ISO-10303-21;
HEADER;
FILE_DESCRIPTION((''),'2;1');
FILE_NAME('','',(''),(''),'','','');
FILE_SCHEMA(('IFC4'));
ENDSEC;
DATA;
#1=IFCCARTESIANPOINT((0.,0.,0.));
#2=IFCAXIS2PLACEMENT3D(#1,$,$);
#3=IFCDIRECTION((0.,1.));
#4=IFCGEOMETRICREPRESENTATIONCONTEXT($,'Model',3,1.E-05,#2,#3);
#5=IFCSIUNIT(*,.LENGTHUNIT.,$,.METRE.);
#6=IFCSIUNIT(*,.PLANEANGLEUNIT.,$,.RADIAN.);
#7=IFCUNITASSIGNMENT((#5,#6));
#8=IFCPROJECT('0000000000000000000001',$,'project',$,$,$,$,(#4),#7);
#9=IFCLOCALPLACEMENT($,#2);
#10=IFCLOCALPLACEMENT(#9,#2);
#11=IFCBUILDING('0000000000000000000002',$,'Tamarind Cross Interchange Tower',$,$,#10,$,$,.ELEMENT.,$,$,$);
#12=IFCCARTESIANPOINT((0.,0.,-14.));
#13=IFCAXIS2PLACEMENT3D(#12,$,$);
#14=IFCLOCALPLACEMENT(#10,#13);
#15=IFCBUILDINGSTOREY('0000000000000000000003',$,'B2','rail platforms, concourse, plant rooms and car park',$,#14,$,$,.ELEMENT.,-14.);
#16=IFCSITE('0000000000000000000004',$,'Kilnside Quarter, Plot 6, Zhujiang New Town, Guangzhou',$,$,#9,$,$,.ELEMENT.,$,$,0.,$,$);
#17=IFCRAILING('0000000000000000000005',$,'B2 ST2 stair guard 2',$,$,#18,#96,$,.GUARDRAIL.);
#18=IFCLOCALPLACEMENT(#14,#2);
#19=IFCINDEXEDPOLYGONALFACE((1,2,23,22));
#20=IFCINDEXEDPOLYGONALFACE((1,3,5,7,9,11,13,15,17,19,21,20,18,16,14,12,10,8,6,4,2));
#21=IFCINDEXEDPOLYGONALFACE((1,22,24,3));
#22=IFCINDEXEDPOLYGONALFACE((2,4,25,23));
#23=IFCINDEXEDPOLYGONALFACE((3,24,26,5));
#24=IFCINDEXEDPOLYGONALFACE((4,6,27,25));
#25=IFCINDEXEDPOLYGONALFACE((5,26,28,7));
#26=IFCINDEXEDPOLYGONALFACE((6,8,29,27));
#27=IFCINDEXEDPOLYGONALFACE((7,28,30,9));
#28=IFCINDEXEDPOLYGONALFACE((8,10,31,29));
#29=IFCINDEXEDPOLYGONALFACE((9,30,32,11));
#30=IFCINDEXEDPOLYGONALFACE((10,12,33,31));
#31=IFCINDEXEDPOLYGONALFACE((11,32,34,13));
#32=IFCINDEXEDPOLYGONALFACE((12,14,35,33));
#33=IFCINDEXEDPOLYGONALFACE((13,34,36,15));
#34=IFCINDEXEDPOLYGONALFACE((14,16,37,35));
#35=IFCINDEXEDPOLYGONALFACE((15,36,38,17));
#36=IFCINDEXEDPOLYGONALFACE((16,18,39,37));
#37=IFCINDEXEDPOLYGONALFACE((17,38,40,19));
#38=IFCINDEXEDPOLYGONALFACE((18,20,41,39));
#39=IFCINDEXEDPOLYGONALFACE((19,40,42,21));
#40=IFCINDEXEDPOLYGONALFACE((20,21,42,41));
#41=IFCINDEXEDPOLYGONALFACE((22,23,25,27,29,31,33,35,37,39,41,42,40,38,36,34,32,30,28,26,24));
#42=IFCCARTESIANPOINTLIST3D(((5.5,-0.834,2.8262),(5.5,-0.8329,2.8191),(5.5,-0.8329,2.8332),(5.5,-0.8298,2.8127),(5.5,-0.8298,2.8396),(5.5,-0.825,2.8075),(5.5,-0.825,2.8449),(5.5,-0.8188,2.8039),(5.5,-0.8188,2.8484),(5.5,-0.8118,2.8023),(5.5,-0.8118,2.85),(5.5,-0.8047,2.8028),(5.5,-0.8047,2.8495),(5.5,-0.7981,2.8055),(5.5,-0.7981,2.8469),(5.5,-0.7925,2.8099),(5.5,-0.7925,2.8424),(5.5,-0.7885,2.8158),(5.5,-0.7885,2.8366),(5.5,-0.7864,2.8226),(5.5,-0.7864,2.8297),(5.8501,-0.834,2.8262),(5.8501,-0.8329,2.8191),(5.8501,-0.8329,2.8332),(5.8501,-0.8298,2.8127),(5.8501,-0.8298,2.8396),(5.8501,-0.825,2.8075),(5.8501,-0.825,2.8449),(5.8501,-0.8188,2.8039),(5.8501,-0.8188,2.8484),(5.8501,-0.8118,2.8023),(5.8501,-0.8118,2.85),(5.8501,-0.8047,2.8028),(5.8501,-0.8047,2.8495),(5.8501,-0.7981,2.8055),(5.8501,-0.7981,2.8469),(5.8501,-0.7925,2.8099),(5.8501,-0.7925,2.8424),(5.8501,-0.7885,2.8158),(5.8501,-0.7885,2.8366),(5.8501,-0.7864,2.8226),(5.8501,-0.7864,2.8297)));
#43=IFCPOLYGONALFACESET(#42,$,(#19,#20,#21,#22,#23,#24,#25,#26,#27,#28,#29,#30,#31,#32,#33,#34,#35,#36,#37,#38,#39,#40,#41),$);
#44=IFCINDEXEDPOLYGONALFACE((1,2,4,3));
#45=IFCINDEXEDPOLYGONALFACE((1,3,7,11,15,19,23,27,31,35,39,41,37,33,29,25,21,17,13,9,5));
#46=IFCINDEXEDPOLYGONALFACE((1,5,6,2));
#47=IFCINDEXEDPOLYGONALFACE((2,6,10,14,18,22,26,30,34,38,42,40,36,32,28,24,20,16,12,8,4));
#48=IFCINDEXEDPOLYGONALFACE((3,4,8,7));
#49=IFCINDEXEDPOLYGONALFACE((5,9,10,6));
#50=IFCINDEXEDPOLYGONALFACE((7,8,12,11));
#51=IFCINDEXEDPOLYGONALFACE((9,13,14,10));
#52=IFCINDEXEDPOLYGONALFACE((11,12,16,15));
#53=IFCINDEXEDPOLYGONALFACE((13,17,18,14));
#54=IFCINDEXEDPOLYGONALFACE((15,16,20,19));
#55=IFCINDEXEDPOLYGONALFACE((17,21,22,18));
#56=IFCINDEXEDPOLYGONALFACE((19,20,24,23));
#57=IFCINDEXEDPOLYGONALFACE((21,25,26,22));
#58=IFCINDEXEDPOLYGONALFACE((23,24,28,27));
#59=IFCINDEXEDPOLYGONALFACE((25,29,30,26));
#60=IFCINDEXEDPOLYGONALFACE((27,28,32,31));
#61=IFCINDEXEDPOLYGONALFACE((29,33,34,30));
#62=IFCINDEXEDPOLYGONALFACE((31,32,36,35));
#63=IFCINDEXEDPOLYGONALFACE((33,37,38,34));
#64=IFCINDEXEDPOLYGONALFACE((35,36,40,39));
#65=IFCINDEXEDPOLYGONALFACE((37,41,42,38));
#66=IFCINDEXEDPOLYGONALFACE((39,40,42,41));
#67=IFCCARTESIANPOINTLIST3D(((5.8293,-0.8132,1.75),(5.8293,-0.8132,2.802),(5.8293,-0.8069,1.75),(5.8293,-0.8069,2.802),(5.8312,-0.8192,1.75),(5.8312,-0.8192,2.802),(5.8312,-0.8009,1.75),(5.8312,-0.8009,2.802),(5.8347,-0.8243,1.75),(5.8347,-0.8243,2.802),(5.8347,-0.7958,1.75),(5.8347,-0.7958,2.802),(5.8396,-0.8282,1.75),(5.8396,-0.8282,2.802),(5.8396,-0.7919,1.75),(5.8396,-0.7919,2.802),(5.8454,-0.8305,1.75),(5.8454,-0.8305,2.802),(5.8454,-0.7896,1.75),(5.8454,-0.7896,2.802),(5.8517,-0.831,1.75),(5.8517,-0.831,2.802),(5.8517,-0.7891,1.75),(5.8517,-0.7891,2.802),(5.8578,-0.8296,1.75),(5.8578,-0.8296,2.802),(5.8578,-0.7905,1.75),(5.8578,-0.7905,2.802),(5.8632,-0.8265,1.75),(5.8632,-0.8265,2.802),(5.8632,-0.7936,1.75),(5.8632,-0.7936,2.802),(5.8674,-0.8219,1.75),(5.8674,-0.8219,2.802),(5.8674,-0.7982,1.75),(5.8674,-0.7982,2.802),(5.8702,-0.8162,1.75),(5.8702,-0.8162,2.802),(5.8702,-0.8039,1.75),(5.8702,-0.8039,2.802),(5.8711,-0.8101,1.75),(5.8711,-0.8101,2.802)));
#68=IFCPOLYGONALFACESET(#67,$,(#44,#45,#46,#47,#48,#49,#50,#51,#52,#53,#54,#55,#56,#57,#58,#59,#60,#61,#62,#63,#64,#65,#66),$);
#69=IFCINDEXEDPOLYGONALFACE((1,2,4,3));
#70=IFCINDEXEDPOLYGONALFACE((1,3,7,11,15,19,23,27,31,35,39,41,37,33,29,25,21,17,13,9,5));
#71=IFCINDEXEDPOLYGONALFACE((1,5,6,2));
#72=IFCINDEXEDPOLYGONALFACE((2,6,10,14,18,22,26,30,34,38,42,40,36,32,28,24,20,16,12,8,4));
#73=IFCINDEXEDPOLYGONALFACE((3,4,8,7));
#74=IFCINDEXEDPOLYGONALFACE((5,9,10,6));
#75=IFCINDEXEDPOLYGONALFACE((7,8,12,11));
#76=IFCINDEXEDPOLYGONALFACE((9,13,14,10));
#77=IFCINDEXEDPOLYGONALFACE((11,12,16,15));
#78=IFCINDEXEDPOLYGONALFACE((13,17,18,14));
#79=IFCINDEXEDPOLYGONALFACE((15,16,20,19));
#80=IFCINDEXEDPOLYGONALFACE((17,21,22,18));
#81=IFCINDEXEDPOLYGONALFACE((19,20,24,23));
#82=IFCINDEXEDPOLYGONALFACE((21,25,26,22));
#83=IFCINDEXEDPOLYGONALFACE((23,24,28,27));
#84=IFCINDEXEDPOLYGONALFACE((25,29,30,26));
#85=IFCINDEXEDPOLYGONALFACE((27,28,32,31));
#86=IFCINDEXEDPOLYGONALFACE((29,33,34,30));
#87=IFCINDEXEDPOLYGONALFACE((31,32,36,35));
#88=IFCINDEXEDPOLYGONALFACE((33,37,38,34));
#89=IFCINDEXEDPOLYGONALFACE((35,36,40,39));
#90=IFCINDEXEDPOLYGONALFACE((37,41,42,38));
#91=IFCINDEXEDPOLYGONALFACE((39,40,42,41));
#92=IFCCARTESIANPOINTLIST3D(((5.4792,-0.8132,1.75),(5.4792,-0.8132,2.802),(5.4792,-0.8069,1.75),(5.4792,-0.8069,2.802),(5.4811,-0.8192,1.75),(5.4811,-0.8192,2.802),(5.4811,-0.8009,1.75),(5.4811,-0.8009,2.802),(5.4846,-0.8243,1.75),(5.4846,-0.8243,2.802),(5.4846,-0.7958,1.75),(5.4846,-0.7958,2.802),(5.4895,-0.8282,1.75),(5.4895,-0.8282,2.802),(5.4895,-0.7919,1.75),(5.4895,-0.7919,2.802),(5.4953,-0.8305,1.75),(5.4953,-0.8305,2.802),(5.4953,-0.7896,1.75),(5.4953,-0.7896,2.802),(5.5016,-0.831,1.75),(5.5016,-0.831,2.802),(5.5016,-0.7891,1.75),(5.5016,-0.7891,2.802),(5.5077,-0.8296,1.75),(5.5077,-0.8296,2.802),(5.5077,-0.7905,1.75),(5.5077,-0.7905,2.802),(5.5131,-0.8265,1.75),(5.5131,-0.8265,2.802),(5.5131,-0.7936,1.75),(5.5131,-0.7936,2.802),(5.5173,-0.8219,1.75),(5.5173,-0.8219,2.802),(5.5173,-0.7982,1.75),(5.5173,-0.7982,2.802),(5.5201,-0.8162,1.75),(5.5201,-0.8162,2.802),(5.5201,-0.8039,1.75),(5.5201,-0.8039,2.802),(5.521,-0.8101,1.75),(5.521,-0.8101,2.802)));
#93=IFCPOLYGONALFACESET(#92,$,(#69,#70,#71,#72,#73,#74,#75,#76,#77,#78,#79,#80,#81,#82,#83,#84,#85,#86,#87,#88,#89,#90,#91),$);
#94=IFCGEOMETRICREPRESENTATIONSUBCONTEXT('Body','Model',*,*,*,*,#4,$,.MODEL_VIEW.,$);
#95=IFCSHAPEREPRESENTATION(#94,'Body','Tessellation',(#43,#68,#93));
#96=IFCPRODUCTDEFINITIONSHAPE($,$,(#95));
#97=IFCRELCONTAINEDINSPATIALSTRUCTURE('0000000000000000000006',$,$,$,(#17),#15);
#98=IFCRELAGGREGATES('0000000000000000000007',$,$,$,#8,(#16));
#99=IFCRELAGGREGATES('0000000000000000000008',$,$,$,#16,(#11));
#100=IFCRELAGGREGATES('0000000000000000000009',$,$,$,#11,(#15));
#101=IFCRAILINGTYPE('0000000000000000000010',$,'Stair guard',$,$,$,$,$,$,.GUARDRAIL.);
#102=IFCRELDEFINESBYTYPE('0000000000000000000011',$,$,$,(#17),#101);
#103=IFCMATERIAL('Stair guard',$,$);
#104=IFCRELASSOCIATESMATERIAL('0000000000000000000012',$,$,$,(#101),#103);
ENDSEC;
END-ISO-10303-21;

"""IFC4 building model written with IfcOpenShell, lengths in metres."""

from ifc_helpers import new_model, si_unit, direction, frame, origin, origin_2d, place, context, subcontext, project, spatial, circle, extrude, material, type_object, element, save


model = new_model("IFC4")

# Units and contexts
model_context = context("Model", 3, precision=1e-05, world=origin(), true_north=direction((0.0, 1.0)))
body_context = subcontext(model_context, "Body", "Model", "MODEL_VIEW")
ifc_project = project(units=[si_unit("LENGTHUNIT", "METRE"), si_unit("PLANEANGLEUNIT", "RADIAN")], contexts=[model_context])

# Site, building, storey
site_placement = place(None, origin())
site = spatial("IfcSite", under=ifc_project, at=site_placement, Name="Kilnside Quarter, Plot 6, Zhujiang New Town, Guangzhou", CompositionType="ELEMENT", RefElevation=0.0)
building_placement = place(site_placement, origin())
building = spatial("IfcBuilding", under=site, at=building_placement, Name="Tamarind Cross Interchange Tower", CompositionType="ELEMENT")
storey_placement = place(building_placement, frame((0.0, 0.0, -14.0)))
storey = spatial("IfcBuildingStorey", under=building, at=storey_placement, Name="B2", Description="rail platforms, concourse, plant rooms and car park", CompositionType="ELEMENT", Elevation=-14.0)

# Railing
ifc_material_1 = material(Name="Stair guard")
railing_type_1 = type_object("IfcRailingType", Name="Stair guard", PredefinedType="GUARDRAIL", material=ifc_material_1)
railing_1_placement = place(storey_placement, frame((5.8501, -0.8101, 1.75)))
element("IfcRailing", 1, at=railing_1_placement, inside=storey, type_object=railing_type_1, Name="B2 ST2 stair guard 2", PredefinedType="GUARDRAIL", context=body_context, shape_type="SweptSolid", body=[
    extrude(circle(Radius=0.0239, at=origin_2d()), frame((0.0, 0.0, 1.0762), z_axis=(-1.0, 0.0, 0.0), x_axis=(0.0, -1.0, 0.0)), (0.0, 0.0, 1.0), 0.3501),
    extrude(circle(Radius=0.021, at=origin_2d()), origin(), (0.0, 0.0, 1.0), 1.052),
    extrude(circle(Radius=0.021, at=origin_2d()), frame((-0.3501, 0.0, 0.0)), (0.0, 0.0, 1.0), 1.052),
])

save(model, "model.ifc")
